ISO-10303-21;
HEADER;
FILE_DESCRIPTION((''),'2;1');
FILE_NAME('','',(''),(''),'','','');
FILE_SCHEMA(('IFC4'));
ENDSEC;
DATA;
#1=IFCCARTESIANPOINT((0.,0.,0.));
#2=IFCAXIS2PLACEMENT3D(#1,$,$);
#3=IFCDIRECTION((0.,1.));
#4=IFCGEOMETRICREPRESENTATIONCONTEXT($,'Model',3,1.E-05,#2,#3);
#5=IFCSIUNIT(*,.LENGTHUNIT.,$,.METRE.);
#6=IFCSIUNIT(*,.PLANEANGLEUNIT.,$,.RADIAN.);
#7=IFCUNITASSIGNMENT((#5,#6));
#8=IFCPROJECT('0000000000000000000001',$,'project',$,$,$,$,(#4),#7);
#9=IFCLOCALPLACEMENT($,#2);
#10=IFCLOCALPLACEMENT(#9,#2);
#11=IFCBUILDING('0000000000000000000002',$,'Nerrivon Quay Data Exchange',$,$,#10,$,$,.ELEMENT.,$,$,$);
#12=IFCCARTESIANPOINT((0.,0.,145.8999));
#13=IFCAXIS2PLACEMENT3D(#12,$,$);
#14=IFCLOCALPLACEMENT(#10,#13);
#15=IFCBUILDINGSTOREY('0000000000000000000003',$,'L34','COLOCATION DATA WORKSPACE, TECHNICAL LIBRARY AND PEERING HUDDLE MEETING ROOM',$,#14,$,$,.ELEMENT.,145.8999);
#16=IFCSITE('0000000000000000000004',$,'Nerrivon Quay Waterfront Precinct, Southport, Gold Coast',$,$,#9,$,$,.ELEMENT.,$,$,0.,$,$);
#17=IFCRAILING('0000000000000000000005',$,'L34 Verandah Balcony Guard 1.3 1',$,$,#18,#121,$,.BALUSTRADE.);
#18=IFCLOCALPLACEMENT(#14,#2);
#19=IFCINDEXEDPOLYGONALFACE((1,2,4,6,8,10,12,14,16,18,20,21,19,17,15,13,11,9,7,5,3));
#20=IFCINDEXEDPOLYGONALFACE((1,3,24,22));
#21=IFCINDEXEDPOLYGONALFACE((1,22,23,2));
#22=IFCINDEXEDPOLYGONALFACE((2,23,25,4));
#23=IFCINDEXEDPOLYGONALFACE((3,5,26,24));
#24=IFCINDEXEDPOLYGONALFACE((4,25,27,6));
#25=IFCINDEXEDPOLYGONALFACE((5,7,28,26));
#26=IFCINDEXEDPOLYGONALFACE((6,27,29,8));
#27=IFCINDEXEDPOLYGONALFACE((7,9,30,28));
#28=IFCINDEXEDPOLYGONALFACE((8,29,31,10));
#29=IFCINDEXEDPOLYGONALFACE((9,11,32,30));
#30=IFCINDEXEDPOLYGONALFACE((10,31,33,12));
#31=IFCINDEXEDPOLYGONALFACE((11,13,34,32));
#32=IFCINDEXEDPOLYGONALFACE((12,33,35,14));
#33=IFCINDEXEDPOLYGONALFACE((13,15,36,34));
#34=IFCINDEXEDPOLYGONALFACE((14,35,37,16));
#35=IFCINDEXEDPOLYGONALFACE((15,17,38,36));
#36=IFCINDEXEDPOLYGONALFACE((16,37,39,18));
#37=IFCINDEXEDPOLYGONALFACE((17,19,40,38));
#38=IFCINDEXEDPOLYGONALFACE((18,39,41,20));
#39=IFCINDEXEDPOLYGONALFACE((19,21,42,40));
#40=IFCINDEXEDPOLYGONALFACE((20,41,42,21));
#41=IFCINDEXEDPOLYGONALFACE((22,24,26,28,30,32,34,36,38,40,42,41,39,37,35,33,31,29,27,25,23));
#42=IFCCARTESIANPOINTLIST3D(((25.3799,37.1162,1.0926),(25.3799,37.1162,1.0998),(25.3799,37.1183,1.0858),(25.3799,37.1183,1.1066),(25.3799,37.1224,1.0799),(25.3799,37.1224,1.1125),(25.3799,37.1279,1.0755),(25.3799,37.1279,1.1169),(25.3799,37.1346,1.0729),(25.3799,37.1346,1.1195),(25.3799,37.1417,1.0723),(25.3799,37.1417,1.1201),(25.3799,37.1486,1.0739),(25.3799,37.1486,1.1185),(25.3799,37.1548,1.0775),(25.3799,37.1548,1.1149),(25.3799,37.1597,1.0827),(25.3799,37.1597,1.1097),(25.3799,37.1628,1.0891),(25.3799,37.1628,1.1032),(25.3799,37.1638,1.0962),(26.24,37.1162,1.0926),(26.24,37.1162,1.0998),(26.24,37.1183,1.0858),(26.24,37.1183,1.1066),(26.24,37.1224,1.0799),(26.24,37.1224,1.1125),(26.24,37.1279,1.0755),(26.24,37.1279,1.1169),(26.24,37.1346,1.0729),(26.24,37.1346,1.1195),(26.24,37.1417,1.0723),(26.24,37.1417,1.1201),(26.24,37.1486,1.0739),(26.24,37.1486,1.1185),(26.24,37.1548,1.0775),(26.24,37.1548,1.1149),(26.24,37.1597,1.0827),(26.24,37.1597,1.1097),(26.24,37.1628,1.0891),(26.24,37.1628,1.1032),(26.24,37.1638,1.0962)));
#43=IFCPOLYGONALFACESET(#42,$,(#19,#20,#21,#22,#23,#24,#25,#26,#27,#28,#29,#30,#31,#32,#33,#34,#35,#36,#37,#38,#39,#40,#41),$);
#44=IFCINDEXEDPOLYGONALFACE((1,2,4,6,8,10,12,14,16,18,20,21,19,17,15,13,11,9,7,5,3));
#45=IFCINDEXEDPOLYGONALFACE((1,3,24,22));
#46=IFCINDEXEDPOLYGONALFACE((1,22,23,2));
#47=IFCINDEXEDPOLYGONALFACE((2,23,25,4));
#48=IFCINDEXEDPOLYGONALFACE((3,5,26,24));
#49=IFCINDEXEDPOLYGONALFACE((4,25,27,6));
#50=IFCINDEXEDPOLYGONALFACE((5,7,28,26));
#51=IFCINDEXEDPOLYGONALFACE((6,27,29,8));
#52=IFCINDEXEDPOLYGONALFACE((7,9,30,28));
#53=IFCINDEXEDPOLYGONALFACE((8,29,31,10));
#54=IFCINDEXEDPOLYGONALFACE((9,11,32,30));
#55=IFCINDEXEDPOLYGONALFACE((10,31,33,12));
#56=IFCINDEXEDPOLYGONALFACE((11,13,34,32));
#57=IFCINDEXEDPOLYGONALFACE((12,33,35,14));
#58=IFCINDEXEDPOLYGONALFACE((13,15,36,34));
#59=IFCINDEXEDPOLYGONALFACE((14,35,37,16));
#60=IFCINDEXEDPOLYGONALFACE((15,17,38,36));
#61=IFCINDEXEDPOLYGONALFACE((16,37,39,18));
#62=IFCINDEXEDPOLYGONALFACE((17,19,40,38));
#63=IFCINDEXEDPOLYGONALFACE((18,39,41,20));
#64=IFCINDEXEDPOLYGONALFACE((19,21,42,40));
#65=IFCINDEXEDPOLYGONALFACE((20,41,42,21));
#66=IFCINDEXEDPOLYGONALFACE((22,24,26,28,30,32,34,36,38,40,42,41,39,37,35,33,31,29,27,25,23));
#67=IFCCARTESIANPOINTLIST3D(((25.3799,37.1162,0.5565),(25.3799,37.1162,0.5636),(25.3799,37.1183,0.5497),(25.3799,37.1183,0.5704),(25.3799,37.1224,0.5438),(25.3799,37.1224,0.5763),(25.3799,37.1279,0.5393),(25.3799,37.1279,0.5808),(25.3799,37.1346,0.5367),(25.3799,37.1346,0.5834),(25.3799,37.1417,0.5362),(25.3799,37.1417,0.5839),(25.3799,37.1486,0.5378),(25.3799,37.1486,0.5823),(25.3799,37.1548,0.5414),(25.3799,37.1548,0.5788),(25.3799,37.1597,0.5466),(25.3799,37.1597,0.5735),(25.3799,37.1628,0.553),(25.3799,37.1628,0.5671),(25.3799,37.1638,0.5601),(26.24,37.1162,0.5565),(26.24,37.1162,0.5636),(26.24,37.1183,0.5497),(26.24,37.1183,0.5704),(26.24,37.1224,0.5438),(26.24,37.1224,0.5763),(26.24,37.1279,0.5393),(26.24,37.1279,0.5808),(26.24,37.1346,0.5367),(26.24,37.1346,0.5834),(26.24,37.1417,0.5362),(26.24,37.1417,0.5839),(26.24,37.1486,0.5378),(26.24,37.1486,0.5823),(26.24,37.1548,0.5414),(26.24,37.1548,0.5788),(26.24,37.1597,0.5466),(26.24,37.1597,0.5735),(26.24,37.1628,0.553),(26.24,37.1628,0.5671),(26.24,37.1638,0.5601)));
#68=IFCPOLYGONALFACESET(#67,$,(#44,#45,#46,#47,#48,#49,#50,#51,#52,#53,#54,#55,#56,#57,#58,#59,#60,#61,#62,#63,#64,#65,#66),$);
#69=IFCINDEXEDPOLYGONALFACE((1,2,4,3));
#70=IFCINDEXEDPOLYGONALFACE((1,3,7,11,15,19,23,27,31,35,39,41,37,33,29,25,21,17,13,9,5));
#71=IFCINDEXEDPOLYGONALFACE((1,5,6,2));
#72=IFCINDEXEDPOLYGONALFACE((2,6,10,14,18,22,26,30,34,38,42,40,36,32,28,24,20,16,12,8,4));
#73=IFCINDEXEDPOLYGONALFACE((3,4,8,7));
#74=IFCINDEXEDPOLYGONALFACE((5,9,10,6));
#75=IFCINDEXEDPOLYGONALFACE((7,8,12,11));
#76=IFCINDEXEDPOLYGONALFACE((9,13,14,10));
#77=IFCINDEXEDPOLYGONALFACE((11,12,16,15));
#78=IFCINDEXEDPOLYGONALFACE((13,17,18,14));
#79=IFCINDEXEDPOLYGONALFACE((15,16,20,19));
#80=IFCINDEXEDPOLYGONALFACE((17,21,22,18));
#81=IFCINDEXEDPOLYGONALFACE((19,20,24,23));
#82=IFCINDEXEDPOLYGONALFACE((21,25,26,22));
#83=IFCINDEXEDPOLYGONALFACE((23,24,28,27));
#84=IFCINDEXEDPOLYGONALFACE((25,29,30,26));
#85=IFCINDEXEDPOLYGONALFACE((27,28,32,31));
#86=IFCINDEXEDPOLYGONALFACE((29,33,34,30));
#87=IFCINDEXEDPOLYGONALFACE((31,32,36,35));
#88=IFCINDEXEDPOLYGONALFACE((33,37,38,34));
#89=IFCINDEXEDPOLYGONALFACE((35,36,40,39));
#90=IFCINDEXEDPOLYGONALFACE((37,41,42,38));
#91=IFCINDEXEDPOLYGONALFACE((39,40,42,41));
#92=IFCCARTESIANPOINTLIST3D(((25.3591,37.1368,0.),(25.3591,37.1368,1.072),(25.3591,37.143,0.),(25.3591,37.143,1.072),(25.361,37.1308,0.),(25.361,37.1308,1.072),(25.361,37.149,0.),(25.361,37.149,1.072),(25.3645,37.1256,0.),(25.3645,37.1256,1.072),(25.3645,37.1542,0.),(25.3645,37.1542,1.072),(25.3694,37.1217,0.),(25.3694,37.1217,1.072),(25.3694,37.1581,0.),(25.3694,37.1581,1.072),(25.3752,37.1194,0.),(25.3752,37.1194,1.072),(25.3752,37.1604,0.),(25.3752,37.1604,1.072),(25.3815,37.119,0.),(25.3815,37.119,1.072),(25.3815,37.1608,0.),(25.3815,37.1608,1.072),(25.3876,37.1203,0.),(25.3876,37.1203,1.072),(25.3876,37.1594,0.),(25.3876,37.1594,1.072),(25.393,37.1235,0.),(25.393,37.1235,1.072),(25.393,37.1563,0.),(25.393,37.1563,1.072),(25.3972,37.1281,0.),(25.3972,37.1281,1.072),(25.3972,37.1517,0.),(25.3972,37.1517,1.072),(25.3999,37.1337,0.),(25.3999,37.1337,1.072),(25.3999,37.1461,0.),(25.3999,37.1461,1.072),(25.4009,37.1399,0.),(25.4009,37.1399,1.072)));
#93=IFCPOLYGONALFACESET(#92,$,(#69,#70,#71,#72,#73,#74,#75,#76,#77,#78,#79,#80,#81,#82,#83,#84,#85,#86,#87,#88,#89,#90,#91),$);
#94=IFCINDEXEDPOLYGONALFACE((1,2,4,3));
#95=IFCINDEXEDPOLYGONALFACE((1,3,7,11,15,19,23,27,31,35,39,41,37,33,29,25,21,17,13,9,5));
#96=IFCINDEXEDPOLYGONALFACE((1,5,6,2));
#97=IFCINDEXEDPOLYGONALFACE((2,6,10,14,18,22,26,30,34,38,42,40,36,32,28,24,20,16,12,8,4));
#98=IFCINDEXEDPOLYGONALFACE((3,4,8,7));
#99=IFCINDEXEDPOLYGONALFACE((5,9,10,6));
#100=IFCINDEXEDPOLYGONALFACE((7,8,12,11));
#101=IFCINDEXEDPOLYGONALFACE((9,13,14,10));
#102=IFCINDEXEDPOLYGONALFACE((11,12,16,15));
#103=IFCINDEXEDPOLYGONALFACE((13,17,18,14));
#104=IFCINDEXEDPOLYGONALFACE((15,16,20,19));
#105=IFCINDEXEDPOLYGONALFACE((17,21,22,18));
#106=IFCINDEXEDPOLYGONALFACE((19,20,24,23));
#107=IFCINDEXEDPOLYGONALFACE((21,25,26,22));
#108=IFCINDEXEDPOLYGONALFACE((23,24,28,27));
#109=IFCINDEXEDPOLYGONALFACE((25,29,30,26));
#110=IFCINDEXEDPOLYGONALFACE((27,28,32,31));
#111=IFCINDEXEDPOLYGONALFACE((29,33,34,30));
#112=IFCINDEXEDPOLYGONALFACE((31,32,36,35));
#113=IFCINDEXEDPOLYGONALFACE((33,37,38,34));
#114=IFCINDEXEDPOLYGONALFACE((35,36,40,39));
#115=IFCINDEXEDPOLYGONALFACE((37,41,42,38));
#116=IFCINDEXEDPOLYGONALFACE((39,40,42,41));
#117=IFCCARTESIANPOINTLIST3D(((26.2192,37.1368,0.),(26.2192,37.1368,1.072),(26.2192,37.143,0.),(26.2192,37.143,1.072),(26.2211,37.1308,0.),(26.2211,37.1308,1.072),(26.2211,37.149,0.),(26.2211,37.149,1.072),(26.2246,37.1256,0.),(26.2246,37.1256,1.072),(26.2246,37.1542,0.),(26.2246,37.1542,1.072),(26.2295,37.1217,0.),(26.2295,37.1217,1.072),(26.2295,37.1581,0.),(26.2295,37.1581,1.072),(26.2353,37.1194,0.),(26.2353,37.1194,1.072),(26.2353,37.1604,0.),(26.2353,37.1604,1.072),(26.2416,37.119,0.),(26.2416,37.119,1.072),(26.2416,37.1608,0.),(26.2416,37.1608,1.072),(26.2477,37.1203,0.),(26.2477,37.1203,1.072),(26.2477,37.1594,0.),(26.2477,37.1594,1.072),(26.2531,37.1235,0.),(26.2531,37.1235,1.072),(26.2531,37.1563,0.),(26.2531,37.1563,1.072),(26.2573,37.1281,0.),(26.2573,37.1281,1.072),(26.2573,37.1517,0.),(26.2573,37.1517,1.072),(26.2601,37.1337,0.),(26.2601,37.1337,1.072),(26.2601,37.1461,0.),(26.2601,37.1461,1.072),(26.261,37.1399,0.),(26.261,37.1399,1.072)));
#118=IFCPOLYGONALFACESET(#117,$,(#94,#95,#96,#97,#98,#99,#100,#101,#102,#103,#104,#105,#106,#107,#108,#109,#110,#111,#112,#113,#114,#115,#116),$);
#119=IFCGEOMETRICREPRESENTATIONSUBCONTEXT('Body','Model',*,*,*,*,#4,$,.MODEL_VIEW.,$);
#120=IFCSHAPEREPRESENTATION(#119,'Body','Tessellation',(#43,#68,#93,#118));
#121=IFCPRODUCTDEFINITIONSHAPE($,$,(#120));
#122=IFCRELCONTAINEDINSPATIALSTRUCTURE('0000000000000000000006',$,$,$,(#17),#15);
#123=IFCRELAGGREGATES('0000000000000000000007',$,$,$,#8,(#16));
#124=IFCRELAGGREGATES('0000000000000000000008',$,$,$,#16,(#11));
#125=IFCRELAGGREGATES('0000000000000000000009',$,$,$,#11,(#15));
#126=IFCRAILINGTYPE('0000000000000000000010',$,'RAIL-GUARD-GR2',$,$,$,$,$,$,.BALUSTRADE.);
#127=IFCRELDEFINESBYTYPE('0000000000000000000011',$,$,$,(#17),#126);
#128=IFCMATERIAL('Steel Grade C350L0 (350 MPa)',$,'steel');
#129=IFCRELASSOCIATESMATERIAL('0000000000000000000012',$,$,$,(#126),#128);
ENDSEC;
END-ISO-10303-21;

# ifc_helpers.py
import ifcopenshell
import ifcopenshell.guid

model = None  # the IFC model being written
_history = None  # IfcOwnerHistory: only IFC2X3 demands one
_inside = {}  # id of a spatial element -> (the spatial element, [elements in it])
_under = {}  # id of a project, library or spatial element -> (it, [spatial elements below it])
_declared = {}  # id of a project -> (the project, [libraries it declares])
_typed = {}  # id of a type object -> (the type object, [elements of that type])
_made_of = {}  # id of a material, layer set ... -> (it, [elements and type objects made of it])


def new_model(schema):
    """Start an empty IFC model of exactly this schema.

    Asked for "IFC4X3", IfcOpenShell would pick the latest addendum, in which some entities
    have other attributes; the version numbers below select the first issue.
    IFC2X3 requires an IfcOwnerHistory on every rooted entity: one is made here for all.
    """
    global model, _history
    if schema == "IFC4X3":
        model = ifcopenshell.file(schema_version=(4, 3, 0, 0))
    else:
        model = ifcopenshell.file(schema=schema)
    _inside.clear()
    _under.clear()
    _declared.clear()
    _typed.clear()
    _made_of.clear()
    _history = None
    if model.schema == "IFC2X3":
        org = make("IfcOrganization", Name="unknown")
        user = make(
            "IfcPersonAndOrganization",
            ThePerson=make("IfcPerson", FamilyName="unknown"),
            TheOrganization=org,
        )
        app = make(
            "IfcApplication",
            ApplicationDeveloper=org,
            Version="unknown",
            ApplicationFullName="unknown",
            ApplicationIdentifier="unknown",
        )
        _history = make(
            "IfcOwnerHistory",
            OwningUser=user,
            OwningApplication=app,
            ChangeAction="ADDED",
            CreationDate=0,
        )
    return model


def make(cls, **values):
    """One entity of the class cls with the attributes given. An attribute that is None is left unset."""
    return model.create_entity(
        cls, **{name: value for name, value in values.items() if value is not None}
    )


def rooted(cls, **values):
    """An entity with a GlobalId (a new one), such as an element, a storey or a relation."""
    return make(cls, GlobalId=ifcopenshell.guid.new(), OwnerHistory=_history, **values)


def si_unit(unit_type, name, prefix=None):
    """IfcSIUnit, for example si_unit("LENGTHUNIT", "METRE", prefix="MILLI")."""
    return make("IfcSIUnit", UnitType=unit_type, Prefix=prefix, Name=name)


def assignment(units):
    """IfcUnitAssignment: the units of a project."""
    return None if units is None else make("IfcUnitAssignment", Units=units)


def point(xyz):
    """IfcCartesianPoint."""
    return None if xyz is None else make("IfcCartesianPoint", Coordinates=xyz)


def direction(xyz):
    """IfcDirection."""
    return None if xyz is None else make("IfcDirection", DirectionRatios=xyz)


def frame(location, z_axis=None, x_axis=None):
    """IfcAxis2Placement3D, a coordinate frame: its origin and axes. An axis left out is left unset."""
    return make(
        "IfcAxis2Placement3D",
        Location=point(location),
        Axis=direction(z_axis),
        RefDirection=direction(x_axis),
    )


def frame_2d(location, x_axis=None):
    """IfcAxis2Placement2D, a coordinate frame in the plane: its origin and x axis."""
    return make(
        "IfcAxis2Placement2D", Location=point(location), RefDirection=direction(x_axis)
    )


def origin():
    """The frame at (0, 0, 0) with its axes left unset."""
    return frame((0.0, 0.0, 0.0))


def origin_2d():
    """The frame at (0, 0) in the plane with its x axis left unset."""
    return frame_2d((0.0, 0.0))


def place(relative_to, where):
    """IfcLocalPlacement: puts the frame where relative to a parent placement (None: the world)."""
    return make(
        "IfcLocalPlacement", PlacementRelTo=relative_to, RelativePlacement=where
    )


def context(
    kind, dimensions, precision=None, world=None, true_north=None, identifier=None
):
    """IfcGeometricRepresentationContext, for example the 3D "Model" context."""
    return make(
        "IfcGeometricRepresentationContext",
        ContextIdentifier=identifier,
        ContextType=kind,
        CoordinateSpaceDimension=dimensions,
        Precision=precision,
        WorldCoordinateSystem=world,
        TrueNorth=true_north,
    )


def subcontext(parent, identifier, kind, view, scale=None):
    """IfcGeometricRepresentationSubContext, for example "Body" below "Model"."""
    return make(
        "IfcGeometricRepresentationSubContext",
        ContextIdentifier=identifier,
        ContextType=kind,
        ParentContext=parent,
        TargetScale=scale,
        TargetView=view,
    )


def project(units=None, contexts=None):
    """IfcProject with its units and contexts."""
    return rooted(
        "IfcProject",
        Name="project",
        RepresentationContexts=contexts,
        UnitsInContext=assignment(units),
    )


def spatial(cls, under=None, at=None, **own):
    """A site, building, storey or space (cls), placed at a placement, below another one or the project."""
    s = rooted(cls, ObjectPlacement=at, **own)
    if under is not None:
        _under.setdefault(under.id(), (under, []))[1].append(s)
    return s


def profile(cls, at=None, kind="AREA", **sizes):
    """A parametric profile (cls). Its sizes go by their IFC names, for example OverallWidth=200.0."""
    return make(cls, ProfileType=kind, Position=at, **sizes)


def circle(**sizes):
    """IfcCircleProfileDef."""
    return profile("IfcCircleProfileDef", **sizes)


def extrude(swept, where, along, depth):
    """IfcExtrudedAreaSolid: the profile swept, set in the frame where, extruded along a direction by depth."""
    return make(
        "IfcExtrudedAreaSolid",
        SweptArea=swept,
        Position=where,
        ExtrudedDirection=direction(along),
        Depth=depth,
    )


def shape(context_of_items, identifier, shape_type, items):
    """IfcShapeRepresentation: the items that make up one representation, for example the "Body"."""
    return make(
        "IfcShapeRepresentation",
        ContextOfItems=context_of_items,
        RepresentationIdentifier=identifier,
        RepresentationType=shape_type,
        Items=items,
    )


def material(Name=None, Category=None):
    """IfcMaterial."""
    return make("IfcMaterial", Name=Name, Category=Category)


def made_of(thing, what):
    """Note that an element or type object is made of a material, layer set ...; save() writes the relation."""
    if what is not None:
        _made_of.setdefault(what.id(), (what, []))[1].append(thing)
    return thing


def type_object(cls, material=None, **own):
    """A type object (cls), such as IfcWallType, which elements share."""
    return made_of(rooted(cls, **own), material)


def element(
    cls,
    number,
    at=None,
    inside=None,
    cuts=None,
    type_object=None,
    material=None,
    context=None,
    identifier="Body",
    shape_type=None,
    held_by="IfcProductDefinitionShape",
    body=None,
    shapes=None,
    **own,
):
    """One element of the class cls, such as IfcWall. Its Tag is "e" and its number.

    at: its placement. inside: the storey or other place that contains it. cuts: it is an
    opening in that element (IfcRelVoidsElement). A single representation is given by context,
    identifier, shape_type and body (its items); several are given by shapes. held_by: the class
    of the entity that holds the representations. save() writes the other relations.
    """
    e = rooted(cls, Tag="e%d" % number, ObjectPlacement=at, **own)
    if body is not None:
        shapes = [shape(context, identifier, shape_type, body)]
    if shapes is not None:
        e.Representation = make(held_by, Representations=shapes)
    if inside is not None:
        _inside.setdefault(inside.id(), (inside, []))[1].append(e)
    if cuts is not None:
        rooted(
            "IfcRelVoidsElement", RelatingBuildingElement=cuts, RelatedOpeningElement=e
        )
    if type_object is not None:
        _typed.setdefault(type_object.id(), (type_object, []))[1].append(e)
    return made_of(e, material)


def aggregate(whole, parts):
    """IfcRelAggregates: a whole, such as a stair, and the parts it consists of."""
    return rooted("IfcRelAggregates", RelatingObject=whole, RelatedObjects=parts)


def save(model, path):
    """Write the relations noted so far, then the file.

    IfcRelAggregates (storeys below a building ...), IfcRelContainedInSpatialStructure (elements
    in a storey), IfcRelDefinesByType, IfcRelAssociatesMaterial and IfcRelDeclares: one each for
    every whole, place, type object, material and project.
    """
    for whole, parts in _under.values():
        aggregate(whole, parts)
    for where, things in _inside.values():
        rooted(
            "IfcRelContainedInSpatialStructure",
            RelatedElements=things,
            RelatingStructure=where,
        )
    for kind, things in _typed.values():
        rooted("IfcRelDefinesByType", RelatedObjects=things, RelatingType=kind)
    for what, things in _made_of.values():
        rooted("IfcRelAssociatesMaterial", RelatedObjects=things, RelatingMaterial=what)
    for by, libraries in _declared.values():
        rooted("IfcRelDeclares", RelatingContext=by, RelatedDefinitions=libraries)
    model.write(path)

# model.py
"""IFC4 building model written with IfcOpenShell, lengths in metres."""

from ifc_helpers import new_model, si_unit, direction, frame, origin, origin_2d, place, context, subcontext, project, spatial, circle, extrude, material, type_object, element, save


model = new_model("IFC4")

# Units and contexts
model_context = context("Model", 3, precision=1e-05, world=origin(), true_north=direction((0.0, 1.0)))
body_context = subcontext(model_context, "Body", "Model", "MODEL_VIEW")
ifc_project = project(units=[si_unit("LENGTHUNIT", "METRE"), si_unit("PLANEANGLEUNIT", "RADIAN")], contexts=[model_context])

# Site, building, storey
site_placement = place(None, origin())
site = spatial("IfcSite", under=ifc_project, at=site_placement, Name="Nerrivon Quay Waterfront Precinct, Southport, Gold Coast", CompositionType="ELEMENT", RefElevation=0.0)
building_placement = place(site_placement, origin())
building = spatial("IfcBuilding", under=site, at=building_placement, Name="Nerrivon Quay Data Exchange", CompositionType="ELEMENT")
storey_placement = place(building_placement, frame((0.0, 0.0, 145.8999)))
storey = spatial("IfcBuildingStorey", under=building, at=storey_placement, Name="L34", Description="COLOCATION DATA WORKSPACE, TECHNICAL LIBRARY AND PEERING HUDDLE MEETING ROOM", CompositionType="ELEMENT", Elevation=145.8999)

# Railing
ifc_material_1 = material(Name="Steel Grade C350L0 (350 MPa)", Category="steel")
railing_type = type_object("IfcRailingType", Name="RAIL-GUARD-GR2", PredefinedType="BALUSTRADE", material=ifc_material_1)
railing_1_placement = place(storey_placement, frame((25.3799, 37.1399, 0.0)))
element("IfcRailing", 1, at=railing_1_placement, inside=storey, type_object=railing_type, Name="L34 Verandah Balcony Guard 1.3 1", PredefinedType="BALUSTRADE", context=body_context, shape_type="SweptSolid", body=[
    extrude(circle(Radius=0.0239, at=origin_2d()), frame((0.0, 0.0, 1.0962), z_axis=(1.0, 0.0, 0.0), x_axis=(0.0, 1.0, 0.0)), (0.0, 0.0, 1.0), 0.8601),
    extrude(circle(Radius=0.0239, at=origin_2d()), frame((0.0, 0.0, 0.5601), z_axis=(1.0, 0.0, 0.0), x_axis=(0.0, 1.0, 0.0)), (0.0, 0.0, 1.0), 0.8601),
    extrude(circle(Radius=0.021, at=origin_2d()), origin(), (0.0, 0.0, 1.0), 1.072),
    extrude(circle(Radius=0.021, at=origin_2d()), frame((0.8601, 0.0, 0.0)), (0.0, 0.0, 1.0), 1.072),
])

save(model, "model.ifc")
